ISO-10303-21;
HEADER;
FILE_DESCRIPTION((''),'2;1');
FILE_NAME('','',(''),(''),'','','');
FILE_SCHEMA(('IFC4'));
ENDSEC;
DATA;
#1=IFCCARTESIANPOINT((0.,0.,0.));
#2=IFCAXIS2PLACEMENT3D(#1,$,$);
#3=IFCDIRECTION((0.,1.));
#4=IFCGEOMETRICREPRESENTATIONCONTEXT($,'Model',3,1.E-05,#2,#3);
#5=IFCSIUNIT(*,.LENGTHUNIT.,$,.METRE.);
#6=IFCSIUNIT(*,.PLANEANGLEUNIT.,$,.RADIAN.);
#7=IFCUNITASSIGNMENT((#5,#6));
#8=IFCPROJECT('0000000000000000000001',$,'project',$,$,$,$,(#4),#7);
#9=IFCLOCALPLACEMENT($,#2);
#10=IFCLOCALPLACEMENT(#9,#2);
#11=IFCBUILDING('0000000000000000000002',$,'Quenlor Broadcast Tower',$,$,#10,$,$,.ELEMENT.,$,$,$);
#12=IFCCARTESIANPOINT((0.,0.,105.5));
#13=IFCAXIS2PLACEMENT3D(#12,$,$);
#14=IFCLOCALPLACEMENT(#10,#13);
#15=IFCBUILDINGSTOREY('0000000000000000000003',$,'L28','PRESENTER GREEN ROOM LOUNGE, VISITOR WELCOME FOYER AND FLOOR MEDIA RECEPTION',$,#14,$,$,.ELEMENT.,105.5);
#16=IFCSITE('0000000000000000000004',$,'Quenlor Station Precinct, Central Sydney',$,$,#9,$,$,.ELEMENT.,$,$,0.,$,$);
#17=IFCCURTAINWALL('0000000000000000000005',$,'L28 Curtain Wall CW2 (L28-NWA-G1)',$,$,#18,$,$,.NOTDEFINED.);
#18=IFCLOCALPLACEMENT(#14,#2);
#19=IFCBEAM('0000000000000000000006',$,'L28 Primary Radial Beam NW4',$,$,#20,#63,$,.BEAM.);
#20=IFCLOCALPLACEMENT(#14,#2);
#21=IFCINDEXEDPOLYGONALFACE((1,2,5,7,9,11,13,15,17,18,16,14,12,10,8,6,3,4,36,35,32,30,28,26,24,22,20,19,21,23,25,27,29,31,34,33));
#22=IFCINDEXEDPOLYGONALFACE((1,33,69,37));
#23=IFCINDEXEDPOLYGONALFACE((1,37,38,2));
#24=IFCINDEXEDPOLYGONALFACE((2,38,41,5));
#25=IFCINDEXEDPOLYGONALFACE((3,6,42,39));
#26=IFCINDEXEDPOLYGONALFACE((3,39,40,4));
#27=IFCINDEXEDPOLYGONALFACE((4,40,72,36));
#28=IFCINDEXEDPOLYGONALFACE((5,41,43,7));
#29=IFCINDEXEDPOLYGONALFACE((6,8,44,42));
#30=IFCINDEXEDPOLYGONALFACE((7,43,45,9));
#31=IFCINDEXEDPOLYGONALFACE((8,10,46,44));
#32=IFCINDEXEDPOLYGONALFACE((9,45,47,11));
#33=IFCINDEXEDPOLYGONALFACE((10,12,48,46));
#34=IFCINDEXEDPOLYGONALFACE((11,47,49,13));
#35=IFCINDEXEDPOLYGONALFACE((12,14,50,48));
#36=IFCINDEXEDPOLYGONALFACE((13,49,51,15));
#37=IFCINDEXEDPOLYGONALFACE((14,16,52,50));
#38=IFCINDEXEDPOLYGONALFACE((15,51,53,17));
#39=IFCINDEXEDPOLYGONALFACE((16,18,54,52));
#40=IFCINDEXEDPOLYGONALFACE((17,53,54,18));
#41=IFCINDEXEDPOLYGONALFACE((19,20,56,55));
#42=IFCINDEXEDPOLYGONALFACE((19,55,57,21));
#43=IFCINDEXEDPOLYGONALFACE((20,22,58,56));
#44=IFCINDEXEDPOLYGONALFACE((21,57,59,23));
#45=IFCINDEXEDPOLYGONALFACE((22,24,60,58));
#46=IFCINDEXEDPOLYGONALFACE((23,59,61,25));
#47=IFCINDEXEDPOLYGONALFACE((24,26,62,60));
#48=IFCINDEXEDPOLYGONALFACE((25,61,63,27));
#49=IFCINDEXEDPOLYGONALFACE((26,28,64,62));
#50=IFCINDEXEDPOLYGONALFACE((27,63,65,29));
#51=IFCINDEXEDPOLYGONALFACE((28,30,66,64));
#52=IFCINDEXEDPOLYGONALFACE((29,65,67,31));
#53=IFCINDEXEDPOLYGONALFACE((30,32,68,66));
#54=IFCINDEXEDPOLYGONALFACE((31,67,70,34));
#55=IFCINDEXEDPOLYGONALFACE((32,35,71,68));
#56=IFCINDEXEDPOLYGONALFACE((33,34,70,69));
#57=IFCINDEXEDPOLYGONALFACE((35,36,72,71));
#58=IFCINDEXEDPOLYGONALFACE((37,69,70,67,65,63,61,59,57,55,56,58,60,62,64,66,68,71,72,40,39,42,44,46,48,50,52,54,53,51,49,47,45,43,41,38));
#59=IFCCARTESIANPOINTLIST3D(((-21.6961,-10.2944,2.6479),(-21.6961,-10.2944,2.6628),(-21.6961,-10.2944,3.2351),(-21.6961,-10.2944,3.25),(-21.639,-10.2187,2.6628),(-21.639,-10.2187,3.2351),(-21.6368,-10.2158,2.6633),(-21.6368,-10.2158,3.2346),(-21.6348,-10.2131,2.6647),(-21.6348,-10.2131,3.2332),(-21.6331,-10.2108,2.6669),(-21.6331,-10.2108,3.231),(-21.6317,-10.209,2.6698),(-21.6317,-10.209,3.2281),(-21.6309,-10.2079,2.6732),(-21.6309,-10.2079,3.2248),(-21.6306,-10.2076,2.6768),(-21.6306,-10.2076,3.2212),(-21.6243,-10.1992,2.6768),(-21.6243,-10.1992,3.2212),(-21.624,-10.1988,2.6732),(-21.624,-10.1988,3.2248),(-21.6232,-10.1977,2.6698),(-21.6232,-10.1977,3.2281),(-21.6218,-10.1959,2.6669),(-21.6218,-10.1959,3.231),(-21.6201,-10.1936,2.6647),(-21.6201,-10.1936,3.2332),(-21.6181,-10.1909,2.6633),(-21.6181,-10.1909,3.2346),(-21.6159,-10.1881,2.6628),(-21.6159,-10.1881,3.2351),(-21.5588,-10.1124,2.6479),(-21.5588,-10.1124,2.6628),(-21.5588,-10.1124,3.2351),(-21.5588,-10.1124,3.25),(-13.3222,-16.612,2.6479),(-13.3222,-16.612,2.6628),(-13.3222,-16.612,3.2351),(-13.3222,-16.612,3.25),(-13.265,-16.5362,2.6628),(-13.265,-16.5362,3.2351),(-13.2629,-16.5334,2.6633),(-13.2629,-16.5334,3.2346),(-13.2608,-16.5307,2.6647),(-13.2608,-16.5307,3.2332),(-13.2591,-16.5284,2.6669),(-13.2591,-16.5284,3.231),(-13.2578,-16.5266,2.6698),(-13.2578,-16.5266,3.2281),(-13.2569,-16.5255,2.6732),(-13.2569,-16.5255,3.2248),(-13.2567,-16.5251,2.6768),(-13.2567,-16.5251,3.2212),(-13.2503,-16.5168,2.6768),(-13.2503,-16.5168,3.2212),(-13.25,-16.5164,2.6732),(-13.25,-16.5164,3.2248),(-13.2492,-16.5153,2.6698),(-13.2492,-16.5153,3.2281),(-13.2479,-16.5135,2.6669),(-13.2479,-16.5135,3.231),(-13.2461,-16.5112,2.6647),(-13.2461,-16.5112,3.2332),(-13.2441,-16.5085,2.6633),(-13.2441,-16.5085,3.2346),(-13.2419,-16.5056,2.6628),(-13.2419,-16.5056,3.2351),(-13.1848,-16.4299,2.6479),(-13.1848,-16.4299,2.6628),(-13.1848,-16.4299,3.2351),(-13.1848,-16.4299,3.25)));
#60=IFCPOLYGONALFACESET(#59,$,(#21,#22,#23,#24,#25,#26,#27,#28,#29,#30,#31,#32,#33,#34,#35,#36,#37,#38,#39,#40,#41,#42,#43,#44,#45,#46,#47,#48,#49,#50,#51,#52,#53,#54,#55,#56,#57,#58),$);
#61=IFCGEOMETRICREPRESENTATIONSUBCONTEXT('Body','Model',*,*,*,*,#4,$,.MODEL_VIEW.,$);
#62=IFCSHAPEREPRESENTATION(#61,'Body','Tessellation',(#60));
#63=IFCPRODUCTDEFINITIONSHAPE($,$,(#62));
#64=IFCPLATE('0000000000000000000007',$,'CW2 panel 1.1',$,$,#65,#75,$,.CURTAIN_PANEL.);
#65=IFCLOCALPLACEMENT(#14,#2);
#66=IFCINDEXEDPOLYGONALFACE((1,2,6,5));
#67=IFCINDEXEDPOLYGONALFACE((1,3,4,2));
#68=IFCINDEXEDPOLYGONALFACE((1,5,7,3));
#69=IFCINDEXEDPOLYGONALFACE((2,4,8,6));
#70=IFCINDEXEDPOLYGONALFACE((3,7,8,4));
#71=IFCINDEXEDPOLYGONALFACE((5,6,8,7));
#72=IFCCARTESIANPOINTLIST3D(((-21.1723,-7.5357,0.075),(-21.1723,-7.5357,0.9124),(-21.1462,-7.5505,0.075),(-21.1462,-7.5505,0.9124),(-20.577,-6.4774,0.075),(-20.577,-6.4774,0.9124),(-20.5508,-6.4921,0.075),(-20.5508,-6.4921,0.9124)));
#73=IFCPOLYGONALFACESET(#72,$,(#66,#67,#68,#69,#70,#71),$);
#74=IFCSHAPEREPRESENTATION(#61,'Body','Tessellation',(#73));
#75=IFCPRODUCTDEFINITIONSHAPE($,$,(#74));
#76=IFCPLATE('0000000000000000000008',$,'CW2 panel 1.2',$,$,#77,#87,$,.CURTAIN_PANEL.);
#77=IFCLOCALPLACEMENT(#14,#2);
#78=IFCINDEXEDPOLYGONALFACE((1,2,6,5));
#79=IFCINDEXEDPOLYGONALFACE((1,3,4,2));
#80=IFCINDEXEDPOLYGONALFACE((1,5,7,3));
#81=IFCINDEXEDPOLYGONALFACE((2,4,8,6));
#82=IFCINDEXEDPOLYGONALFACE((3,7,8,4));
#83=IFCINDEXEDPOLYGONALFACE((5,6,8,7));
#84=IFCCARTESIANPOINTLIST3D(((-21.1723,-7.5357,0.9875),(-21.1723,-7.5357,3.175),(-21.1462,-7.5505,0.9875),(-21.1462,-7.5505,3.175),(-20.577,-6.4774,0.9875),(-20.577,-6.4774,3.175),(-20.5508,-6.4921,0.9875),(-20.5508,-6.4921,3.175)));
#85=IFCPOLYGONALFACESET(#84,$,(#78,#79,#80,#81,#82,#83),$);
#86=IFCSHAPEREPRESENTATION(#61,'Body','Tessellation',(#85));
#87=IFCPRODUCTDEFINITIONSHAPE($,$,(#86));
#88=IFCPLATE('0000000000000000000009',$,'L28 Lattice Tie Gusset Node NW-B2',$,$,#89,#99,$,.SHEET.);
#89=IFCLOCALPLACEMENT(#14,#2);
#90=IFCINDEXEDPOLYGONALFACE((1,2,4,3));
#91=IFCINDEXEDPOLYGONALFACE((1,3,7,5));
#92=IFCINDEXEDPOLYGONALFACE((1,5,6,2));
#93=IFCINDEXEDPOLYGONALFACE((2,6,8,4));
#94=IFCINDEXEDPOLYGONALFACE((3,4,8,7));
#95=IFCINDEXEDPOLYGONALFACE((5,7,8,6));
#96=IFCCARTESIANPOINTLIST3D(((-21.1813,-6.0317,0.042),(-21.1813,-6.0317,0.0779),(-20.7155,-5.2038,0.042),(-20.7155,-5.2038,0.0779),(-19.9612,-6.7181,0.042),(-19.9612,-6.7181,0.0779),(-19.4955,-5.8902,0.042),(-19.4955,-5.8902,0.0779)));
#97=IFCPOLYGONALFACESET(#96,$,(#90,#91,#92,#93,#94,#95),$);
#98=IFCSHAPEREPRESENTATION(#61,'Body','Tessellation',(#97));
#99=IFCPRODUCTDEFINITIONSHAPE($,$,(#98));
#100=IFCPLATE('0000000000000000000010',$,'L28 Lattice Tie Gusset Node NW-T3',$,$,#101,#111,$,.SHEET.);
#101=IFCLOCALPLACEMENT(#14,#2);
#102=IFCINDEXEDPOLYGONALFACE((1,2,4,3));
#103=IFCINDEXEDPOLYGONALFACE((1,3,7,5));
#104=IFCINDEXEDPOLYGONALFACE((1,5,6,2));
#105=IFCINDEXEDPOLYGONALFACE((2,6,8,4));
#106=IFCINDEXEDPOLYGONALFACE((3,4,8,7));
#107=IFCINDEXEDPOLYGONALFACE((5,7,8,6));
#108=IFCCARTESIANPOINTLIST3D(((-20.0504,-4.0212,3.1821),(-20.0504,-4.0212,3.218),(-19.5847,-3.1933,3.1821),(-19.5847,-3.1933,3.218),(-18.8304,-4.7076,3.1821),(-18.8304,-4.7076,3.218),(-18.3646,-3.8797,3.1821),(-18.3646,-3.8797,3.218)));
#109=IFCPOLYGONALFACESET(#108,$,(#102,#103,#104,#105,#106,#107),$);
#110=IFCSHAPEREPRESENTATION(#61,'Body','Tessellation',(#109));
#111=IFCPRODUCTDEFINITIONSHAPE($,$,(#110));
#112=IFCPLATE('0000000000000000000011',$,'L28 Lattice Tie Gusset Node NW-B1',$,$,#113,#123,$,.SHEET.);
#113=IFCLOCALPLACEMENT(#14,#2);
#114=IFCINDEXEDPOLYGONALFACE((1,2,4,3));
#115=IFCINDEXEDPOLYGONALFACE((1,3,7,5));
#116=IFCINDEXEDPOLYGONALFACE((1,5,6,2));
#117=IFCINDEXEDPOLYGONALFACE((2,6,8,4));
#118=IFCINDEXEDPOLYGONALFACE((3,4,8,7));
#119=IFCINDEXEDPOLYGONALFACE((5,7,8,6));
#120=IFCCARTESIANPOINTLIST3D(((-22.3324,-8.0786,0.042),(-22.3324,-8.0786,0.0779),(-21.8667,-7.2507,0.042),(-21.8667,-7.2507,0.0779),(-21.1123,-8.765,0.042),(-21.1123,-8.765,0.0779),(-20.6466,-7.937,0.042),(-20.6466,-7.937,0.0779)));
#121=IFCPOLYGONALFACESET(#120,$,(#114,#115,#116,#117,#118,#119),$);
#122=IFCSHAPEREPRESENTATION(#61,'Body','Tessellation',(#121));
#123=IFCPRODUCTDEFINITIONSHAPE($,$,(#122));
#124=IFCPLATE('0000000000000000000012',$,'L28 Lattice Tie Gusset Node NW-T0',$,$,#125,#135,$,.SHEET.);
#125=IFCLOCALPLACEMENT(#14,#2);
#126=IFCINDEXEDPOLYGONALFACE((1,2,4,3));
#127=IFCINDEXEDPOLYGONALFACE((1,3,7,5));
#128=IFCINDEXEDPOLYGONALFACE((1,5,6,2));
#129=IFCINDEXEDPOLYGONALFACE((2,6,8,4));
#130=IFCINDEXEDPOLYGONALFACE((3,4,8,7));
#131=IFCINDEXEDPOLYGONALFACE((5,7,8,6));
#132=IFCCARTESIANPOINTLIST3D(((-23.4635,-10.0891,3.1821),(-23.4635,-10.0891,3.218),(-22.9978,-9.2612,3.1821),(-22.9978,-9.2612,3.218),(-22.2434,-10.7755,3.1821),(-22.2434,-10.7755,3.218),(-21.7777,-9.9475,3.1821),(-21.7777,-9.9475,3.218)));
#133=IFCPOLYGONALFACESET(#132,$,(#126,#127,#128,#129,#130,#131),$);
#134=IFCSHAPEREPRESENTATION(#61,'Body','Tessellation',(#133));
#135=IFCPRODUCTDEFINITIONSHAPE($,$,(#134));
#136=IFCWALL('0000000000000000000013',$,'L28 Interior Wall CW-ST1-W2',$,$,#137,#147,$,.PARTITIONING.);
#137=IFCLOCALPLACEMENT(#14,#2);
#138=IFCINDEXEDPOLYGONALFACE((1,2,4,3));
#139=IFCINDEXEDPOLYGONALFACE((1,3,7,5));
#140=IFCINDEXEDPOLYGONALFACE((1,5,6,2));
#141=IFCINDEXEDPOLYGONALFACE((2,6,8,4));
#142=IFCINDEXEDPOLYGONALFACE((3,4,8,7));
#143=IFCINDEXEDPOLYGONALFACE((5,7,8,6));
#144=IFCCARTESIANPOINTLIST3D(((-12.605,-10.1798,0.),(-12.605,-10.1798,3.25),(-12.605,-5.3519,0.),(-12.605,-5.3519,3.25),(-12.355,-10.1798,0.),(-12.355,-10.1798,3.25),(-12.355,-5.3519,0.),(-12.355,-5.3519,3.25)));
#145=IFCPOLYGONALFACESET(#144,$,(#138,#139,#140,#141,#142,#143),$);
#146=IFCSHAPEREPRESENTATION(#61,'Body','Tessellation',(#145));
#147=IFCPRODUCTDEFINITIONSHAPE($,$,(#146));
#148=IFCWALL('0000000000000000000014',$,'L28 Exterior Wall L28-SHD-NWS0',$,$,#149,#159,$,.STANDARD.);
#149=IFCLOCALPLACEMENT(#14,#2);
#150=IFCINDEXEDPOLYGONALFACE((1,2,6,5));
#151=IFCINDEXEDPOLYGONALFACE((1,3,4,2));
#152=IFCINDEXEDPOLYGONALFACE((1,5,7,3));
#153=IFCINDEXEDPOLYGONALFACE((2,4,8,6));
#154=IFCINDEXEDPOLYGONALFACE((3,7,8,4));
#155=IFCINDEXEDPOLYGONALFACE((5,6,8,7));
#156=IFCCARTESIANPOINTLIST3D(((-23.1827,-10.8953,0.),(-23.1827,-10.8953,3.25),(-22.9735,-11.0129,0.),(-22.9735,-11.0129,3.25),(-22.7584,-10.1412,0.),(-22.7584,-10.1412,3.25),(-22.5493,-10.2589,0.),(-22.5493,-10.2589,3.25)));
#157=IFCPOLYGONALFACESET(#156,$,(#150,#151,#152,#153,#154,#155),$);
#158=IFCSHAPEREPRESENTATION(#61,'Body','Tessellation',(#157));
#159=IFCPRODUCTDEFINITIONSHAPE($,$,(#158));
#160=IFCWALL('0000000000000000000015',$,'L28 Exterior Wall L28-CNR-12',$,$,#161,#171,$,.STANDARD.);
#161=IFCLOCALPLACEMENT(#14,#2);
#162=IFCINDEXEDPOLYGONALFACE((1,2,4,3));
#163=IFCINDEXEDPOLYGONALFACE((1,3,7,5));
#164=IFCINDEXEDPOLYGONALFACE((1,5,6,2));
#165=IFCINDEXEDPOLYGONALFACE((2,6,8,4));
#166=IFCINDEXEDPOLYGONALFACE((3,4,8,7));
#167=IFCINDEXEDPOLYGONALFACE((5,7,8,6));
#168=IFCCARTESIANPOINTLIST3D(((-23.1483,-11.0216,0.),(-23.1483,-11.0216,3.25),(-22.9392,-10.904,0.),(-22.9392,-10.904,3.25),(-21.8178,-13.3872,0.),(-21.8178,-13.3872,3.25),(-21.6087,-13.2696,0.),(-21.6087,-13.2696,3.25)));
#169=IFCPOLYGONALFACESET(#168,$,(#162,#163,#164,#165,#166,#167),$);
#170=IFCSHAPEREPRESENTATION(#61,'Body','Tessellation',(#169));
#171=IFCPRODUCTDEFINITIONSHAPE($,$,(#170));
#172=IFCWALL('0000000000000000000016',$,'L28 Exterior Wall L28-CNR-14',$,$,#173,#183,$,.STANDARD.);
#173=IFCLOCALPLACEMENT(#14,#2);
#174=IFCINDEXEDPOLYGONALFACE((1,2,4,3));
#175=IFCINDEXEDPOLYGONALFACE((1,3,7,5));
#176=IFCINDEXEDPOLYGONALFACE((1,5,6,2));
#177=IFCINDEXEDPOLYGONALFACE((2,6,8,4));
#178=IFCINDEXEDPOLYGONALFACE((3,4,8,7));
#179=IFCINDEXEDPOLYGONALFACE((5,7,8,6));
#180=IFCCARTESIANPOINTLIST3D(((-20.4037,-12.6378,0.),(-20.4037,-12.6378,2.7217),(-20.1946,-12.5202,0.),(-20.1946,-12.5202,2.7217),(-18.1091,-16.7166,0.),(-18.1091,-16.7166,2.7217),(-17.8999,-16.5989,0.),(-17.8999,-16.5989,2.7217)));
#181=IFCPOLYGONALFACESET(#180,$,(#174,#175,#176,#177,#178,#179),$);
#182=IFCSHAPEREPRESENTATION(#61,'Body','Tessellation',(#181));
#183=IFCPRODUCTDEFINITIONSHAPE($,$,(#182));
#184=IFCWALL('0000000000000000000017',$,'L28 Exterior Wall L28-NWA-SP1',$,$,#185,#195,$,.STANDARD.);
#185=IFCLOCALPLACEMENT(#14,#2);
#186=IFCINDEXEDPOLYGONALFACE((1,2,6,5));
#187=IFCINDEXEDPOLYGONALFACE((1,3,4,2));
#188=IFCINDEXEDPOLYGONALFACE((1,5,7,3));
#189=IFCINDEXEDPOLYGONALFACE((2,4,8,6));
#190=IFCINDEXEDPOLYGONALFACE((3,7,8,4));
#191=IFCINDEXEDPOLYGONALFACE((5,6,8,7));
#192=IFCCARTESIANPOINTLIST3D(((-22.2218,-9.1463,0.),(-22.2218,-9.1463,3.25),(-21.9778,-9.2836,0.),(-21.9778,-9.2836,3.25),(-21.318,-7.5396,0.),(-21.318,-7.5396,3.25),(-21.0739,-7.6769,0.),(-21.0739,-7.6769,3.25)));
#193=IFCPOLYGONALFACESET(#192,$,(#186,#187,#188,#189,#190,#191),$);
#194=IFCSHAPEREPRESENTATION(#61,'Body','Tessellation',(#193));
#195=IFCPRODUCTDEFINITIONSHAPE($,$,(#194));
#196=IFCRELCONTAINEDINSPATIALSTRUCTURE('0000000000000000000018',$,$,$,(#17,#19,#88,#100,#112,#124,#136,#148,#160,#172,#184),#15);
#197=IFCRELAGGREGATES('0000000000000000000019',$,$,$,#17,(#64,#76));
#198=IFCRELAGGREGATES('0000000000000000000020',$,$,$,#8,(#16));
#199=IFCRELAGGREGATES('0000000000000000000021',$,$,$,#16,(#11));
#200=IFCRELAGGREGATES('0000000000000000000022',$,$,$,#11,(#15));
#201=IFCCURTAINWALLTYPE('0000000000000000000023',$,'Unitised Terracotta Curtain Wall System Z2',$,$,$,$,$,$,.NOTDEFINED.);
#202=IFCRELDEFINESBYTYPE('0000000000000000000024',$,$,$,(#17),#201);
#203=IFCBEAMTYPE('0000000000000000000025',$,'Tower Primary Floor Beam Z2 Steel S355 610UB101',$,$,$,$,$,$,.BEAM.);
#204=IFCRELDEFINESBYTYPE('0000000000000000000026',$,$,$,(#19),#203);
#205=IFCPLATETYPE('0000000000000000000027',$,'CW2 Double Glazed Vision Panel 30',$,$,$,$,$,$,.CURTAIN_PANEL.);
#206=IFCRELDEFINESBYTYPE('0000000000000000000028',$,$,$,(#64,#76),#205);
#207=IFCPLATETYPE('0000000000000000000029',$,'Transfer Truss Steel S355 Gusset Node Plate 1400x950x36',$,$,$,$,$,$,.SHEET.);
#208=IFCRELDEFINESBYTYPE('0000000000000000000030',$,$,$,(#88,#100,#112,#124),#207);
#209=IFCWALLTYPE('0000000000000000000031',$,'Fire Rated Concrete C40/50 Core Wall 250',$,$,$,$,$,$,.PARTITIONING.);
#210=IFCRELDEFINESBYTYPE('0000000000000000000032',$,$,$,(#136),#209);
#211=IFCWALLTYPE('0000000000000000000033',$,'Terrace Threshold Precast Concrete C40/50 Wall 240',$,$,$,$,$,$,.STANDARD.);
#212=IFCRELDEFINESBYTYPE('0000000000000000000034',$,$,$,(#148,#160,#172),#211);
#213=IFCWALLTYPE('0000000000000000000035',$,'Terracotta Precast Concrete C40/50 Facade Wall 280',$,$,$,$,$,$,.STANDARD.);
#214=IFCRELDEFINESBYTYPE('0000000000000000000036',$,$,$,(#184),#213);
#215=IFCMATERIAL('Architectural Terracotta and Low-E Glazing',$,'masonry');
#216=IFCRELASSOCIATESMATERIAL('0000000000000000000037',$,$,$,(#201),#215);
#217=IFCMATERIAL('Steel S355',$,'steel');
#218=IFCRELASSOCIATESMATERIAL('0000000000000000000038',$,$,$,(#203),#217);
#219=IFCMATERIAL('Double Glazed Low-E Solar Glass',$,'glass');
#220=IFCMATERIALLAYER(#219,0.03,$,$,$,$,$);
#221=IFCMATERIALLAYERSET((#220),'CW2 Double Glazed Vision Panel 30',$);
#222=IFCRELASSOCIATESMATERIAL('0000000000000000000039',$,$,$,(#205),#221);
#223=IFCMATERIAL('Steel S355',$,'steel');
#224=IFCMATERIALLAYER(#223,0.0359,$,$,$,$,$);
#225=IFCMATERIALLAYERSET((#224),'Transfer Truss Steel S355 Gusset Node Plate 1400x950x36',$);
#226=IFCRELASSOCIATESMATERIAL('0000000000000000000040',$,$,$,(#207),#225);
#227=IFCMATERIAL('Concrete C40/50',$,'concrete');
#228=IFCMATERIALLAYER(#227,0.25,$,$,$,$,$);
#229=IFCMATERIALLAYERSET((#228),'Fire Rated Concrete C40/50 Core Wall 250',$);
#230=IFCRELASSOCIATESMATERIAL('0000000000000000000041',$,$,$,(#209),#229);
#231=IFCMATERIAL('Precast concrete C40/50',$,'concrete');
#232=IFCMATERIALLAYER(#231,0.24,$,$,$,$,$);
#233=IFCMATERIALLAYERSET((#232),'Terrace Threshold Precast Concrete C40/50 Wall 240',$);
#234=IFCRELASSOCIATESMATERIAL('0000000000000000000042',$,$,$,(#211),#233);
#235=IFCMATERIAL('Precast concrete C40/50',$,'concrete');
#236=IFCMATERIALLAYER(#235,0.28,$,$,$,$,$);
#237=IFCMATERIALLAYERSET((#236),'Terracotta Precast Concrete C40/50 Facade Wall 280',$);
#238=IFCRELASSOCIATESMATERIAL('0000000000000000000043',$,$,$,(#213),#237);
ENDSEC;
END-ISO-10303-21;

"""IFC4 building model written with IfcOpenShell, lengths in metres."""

from ifc_helpers import new_model, si_unit, direction, frame, frame_2d, origin, origin_2d, place, context, subcontext, project, spatial, rectangle, i_section, extrude, material, layer, layer_set, material_profile, profile_set, type_object, element, aggregate, save


model = new_model("IFC4")

# Units and contexts
model_context = context("Model", 3, precision=1e-05, world=origin(), true_north=direction((0.0, 1.0)))
body_context = subcontext(model_context, "Body", "Model", "MODEL_VIEW")
ifc_project = project(units=[si_unit("LENGTHUNIT", "METRE"), si_unit("PLANEANGLEUNIT", "RADIAN")], contexts=[model_context])

# Site, building, storey
site_placement = place(None, origin())
site = spatial("IfcSite", under=ifc_project, at=site_placement, Name="Quenlor Station Precinct, Central Sydney", CompositionType="ELEMENT", RefElevation=0.0)
building_placement = place(site_placement, origin())
building = spatial("IfcBuilding", under=site, at=building_placement, Name="Quenlor Broadcast Tower", CompositionType="ELEMENT")
storey_placement = place(building_placement, frame((0.0, 0.0, 105.5)))
storey = spatial("IfcBuildingStorey", under=building, at=storey_placement, Name="L28", Description="PRESENTER GREEN ROOM LOUNGE, VISITOR WELCOME FOYER AND FLOOR MEDIA RECEPTION", CompositionType="ELEMENT", Elevation=105.5)

# Curtain wall
ifc_material_1 = material(Name="Architectural Terracotta and Low-E Glazing", Category="masonry")
curtain_wall_type = type_object("IfcCurtainWallType", Name="Unitised Terracotta Curtain Wall System Z2", PredefinedType="NOTDEFINED", material=ifc_material_1)
curtain_wall_placement = place(storey_placement, origin())
curtain_wall = element("IfcCurtainWall", 1, at=curtain_wall_placement, inside=storey, type_object=curtain_wall_type, Name="L28 Curtain Wall CW2 (L28-NWA-G1)", PredefinedType="NOTDEFINED")

# Beam
ifc_material_2 = material(Name="Steel S355", Category="steel")
ifc_material_profile_1 = material_profile(ifc_material_2, i_section(OverallWidth=0.228, OverallDepth=0.6021, WebThickness=0.0105, FlangeThickness=0.0149, FilletRadius=0.0139, at=origin_2d()))
ifc_profile_set_1 = profile_set([ifc_material_profile_1], Name="Steel S355 610UB101")
beam_type_1 = type_object("IfcBeamType", Name="Tower Primary Floor Beam Z2 Steel S355 610UB101", PredefinedType="BEAM", material=ifc_profile_set_1)
beam_1_placement = place(storey_placement, frame((-21.6274, -10.2034, 2.949), z_axis=(0.798299, -0.602262, 0.0), x_axis=(0.602262, 0.798299, 0.0)))
element("IfcBeam", 2, at=beam_1_placement, inside=storey, type_object=beam_type_1, Name="L28 Primary Radial Beam NW4", PredefinedType="BEAM", context=body_context, shape_type="SweptSolid", body=[
    extrude(i_section(OverallWidth=0.228, OverallDepth=0.6021, WebThickness=0.0105, FlangeThickness=0.0149, FilletRadius=0.0139, at=origin_2d()), origin(), (0.0, 0.0, 1.0), 10.4897),
])

# Plates
ifc_material_3 = material(Name="Double Glazed Low-E Solar Glass", Category="glass")
ifc_layer_1 = layer(ifc_material_3, 0.03)
ifc_layer_set_1 = layer_set([ifc_layer_1], Name="CW2 Double Glazed Vision Panel 30")
plate_type_1 = type_object("IfcPlateType", Name="CW2 Double Glazed Vision Panel 30", PredefinedType="CURTAIN_PANEL", material=ifc_layer_set_1)
plate_1_placement = place(storey_placement, frame((-20.8616, -7.0139, 0.075), z_axis=(0.0, 0.0, 1.0), x_axis=(0.490279, 0.871566, 0.0)))
plate_1 = element("IfcPlate", 3, at=plate_1_placement, type_object=plate_type_1, Name="CW2 panel 1.1", PredefinedType="CURTAIN_PANEL", context=body_context, shape_type="SweptSolid", body=[
    extrude(rectangle(XDim=1.2144, YDim=0.03, at=origin_2d()), origin(), (0.0, 0.0, 1.0), 0.8374),
])
plate_2_placement = place(storey_placement, frame((-20.8616, -7.0139, 0.9875), z_axis=(0.0, 0.0, 1.0), x_axis=(0.490279, 0.871566, 0.0)))
plate_2 = element("IfcPlate", 4, at=plate_2_placement, type_object=plate_type_1, Name="CW2 panel 1.2", PredefinedType="CURTAIN_PANEL", context=body_context, shape_type="SweptSolid", body=[
    extrude(rectangle(XDim=1.2144, YDim=0.03, at=origin_2d()), origin(), (0.0, 0.0, 1.0), 2.1875),
])
aggregate(curtain_wall, [plate_1, plate_2])

# Plates
ifc_material_4 = material(Name="Steel S355", Category="steel")
ifc_layer_2 = layer(ifc_material_4, 0.0359)
ifc_layer_set_2 = layer_set([ifc_layer_2], Name="Transfer Truss Steel S355 Gusset Node Plate 1400x950x36")
plate_type_2 = type_object("IfcPlateType", Name="Transfer Truss Steel S355 Gusset Node Plate 1400x950x36", PredefinedType="SHEET", material=ifc_layer_set_2)
for number, where, z_axis, x_axis, name in (
    (5, (-20.3384, -5.9609, 0.042), (0.0, 0.0, 1.0), (-0.871556, 0.490295, 0.0), "L28 Lattice Tie Gusset Node NW-B2"),
    (6, (-19.2075, -3.9504, 3.1821), (0.0, 0.0, 1.0), (-0.871556, 0.490295, 0.0), "L28 Lattice Tie Gusset Node NW-T3"),
    (7, (-21.4895, -8.0078, 0.042), (0.0, 0.0, 1.0), (-0.871556, 0.490295, 0.0), "L28 Lattice Tie Gusset Node NW-B1"),
    (8, (-22.6206, -10.0183, 3.1821), (0.0, 0.0, 1.0), (-0.871556, 0.490295, 0.0), "L28 Lattice Tie Gusset Node NW-T0"),
):
    element("IfcPlate", number, at=place(storey_placement, frame(where, z_axis=z_axis, x_axis=x_axis)), inside=storey, type_object=plate_type_2, Name=name, PredefinedType="SHEET", context=body_context, shape_type="SweptSolid", body=[
        extrude(rectangle(XDim=1.3999, YDim=0.95, at=origin_2d()), origin(), (0.0, 0.0, 1.0), 0.0359),
    ])

# Walls
ifc_material_5 = material(Name="Concrete C40/50", Category="concrete")
ifc_layer_3 = layer(ifc_material_5, 0.25)
ifc_layer_set_3 = layer_set([ifc_layer_3], Name="Fire Rated Concrete C40/50 Core Wall 250")
wall_type_1 = type_object("IfcWallType", Name="Fire Rated Concrete C40/50 Core Wall 250", PredefinedType="PARTITIONING", material=ifc_layer_set_3)
wall_1_placement = place(storey_placement, frame((-12.48, -10.1799, 0.0), z_axis=(0.0, 0.0, 1.0), x_axis=(0.0, 1.0, 0.0)))
element("IfcWall", 9, at=wall_1_placement, inside=storey, type_object=wall_type_1, Name="L28 Interior Wall CW-ST1-W2", PredefinedType="PARTITIONING", context=body_context, shape_type="SweptSolid", body=[
    extrude(rectangle(XDim=4.8279, YDim=0.25, at=frame_2d((2.4141, 0.0))), origin(), (0.0, 0.0, 1.0), 3.25),
])
ifc_material_6 = material(Name="Precast concrete C40/50", Category="concrete")
ifc_layer_4 = layer(ifc_material_6, 0.24)
ifc_layer_set_4 = layer_set([ifc_layer_4], Name="Terrace Threshold Precast Concrete C40/50 Wall 240")
wall_type_2 = type_object("IfcWallType", Name="Terrace Threshold Precast Concrete C40/50 Wall 240", PredefinedType="STANDARD", material=ifc_layer_set_4)
wall_2_placement = place(storey_placement, frame((-23.0781, -10.9541, 0.0), z_axis=(0.0, 0.0, 1.0), x_axis=(0.490355, 0.871523, 0.0)))
element("IfcWall", 10, at=wall_2_placement, inside=storey, type_object=wall_type_2, Name="L28 Exterior Wall L28-SHD-NWS0", PredefinedType="STANDARD", context=body_context, shape_type="SweptSolid", body=[
    extrude(rectangle(XDim=0.8652, YDim=0.24, at=frame_2d((0.4326, 0.0))), origin(), (0.0, 0.0, 1.0), 3.25),
])
wall_3_placement = place(storey_placement, frame((-23.0437, -10.9629, 0.0), z_axis=(0.0, 0.0, 1.0), x_axis=(0.490219, -0.8716, 0.0)))
element("IfcWall", 11, at=wall_3_placement, inside=storey, type_object=wall_type_2, Name="L28 Exterior Wall L28-CNR-12", PredefinedType="STANDARD", context=body_context, shape_type="SweptSolid", body=[
    extrude(rectangle(XDim=2.7141, YDim=0.24, at=frame_2d((1.3569, 0.0))), origin(), (0.0, 0.0, 1.0), 3.25),
])
wall_4_placement = place(storey_placement, frame((-20.2991, -12.5791, 0.0), z_axis=(0.0, 0.0, 1.0), x_axis=(0.490313, -0.871546, 0.0)))
element("IfcWall", 12, at=wall_4_placement, inside=storey, type_object=wall_type_2, Name="L28 Exterior Wall L28-CNR-14", PredefinedType="STANDARD", context=body_context, shape_type="SweptSolid", body=[
    extrude(rectangle(XDim=4.6799, YDim=0.24, at=frame_2d((2.3398, 0.0))), origin(), (0.0, 0.0, 1.0), 2.7217),
])
ifc_material_7 = material(Name="Precast concrete C40/50", Category="concrete")
ifc_layer_5 = layer(ifc_material_7, 0.28)
ifc_layer_set_5 = layer_set([ifc_layer_5], Name="Terracotta Precast Concrete C40/50 Facade Wall 280")
wall_type_3 = type_object("IfcWallType", Name="Terracotta Precast Concrete C40/50 Facade Wall 280", PredefinedType="STANDARD", material=ifc_layer_set_5)
wall_5_placement = place(storey_placement, frame((-22.0999, -9.2151, 0.0), z_axis=(0.0, 0.0, 1.0), x_axis=(0.49028, 0.871565, 0.0)))
element("IfcWall", 13, at=wall_5_placement, inside=storey, type_object=wall_type_3, Name="L28 Exterior Wall L28-NWA-SP1", PredefinedType="STANDARD", context=body_context, shape_type="SweptSolid", body=[
    extrude(rectangle(XDim=1.8435, YDim=0.28, at=frame_2d((0.9219, 0.0))), origin(), (0.0, 0.0, 1.0), 3.25),
])

save(model, "model.ifc")
